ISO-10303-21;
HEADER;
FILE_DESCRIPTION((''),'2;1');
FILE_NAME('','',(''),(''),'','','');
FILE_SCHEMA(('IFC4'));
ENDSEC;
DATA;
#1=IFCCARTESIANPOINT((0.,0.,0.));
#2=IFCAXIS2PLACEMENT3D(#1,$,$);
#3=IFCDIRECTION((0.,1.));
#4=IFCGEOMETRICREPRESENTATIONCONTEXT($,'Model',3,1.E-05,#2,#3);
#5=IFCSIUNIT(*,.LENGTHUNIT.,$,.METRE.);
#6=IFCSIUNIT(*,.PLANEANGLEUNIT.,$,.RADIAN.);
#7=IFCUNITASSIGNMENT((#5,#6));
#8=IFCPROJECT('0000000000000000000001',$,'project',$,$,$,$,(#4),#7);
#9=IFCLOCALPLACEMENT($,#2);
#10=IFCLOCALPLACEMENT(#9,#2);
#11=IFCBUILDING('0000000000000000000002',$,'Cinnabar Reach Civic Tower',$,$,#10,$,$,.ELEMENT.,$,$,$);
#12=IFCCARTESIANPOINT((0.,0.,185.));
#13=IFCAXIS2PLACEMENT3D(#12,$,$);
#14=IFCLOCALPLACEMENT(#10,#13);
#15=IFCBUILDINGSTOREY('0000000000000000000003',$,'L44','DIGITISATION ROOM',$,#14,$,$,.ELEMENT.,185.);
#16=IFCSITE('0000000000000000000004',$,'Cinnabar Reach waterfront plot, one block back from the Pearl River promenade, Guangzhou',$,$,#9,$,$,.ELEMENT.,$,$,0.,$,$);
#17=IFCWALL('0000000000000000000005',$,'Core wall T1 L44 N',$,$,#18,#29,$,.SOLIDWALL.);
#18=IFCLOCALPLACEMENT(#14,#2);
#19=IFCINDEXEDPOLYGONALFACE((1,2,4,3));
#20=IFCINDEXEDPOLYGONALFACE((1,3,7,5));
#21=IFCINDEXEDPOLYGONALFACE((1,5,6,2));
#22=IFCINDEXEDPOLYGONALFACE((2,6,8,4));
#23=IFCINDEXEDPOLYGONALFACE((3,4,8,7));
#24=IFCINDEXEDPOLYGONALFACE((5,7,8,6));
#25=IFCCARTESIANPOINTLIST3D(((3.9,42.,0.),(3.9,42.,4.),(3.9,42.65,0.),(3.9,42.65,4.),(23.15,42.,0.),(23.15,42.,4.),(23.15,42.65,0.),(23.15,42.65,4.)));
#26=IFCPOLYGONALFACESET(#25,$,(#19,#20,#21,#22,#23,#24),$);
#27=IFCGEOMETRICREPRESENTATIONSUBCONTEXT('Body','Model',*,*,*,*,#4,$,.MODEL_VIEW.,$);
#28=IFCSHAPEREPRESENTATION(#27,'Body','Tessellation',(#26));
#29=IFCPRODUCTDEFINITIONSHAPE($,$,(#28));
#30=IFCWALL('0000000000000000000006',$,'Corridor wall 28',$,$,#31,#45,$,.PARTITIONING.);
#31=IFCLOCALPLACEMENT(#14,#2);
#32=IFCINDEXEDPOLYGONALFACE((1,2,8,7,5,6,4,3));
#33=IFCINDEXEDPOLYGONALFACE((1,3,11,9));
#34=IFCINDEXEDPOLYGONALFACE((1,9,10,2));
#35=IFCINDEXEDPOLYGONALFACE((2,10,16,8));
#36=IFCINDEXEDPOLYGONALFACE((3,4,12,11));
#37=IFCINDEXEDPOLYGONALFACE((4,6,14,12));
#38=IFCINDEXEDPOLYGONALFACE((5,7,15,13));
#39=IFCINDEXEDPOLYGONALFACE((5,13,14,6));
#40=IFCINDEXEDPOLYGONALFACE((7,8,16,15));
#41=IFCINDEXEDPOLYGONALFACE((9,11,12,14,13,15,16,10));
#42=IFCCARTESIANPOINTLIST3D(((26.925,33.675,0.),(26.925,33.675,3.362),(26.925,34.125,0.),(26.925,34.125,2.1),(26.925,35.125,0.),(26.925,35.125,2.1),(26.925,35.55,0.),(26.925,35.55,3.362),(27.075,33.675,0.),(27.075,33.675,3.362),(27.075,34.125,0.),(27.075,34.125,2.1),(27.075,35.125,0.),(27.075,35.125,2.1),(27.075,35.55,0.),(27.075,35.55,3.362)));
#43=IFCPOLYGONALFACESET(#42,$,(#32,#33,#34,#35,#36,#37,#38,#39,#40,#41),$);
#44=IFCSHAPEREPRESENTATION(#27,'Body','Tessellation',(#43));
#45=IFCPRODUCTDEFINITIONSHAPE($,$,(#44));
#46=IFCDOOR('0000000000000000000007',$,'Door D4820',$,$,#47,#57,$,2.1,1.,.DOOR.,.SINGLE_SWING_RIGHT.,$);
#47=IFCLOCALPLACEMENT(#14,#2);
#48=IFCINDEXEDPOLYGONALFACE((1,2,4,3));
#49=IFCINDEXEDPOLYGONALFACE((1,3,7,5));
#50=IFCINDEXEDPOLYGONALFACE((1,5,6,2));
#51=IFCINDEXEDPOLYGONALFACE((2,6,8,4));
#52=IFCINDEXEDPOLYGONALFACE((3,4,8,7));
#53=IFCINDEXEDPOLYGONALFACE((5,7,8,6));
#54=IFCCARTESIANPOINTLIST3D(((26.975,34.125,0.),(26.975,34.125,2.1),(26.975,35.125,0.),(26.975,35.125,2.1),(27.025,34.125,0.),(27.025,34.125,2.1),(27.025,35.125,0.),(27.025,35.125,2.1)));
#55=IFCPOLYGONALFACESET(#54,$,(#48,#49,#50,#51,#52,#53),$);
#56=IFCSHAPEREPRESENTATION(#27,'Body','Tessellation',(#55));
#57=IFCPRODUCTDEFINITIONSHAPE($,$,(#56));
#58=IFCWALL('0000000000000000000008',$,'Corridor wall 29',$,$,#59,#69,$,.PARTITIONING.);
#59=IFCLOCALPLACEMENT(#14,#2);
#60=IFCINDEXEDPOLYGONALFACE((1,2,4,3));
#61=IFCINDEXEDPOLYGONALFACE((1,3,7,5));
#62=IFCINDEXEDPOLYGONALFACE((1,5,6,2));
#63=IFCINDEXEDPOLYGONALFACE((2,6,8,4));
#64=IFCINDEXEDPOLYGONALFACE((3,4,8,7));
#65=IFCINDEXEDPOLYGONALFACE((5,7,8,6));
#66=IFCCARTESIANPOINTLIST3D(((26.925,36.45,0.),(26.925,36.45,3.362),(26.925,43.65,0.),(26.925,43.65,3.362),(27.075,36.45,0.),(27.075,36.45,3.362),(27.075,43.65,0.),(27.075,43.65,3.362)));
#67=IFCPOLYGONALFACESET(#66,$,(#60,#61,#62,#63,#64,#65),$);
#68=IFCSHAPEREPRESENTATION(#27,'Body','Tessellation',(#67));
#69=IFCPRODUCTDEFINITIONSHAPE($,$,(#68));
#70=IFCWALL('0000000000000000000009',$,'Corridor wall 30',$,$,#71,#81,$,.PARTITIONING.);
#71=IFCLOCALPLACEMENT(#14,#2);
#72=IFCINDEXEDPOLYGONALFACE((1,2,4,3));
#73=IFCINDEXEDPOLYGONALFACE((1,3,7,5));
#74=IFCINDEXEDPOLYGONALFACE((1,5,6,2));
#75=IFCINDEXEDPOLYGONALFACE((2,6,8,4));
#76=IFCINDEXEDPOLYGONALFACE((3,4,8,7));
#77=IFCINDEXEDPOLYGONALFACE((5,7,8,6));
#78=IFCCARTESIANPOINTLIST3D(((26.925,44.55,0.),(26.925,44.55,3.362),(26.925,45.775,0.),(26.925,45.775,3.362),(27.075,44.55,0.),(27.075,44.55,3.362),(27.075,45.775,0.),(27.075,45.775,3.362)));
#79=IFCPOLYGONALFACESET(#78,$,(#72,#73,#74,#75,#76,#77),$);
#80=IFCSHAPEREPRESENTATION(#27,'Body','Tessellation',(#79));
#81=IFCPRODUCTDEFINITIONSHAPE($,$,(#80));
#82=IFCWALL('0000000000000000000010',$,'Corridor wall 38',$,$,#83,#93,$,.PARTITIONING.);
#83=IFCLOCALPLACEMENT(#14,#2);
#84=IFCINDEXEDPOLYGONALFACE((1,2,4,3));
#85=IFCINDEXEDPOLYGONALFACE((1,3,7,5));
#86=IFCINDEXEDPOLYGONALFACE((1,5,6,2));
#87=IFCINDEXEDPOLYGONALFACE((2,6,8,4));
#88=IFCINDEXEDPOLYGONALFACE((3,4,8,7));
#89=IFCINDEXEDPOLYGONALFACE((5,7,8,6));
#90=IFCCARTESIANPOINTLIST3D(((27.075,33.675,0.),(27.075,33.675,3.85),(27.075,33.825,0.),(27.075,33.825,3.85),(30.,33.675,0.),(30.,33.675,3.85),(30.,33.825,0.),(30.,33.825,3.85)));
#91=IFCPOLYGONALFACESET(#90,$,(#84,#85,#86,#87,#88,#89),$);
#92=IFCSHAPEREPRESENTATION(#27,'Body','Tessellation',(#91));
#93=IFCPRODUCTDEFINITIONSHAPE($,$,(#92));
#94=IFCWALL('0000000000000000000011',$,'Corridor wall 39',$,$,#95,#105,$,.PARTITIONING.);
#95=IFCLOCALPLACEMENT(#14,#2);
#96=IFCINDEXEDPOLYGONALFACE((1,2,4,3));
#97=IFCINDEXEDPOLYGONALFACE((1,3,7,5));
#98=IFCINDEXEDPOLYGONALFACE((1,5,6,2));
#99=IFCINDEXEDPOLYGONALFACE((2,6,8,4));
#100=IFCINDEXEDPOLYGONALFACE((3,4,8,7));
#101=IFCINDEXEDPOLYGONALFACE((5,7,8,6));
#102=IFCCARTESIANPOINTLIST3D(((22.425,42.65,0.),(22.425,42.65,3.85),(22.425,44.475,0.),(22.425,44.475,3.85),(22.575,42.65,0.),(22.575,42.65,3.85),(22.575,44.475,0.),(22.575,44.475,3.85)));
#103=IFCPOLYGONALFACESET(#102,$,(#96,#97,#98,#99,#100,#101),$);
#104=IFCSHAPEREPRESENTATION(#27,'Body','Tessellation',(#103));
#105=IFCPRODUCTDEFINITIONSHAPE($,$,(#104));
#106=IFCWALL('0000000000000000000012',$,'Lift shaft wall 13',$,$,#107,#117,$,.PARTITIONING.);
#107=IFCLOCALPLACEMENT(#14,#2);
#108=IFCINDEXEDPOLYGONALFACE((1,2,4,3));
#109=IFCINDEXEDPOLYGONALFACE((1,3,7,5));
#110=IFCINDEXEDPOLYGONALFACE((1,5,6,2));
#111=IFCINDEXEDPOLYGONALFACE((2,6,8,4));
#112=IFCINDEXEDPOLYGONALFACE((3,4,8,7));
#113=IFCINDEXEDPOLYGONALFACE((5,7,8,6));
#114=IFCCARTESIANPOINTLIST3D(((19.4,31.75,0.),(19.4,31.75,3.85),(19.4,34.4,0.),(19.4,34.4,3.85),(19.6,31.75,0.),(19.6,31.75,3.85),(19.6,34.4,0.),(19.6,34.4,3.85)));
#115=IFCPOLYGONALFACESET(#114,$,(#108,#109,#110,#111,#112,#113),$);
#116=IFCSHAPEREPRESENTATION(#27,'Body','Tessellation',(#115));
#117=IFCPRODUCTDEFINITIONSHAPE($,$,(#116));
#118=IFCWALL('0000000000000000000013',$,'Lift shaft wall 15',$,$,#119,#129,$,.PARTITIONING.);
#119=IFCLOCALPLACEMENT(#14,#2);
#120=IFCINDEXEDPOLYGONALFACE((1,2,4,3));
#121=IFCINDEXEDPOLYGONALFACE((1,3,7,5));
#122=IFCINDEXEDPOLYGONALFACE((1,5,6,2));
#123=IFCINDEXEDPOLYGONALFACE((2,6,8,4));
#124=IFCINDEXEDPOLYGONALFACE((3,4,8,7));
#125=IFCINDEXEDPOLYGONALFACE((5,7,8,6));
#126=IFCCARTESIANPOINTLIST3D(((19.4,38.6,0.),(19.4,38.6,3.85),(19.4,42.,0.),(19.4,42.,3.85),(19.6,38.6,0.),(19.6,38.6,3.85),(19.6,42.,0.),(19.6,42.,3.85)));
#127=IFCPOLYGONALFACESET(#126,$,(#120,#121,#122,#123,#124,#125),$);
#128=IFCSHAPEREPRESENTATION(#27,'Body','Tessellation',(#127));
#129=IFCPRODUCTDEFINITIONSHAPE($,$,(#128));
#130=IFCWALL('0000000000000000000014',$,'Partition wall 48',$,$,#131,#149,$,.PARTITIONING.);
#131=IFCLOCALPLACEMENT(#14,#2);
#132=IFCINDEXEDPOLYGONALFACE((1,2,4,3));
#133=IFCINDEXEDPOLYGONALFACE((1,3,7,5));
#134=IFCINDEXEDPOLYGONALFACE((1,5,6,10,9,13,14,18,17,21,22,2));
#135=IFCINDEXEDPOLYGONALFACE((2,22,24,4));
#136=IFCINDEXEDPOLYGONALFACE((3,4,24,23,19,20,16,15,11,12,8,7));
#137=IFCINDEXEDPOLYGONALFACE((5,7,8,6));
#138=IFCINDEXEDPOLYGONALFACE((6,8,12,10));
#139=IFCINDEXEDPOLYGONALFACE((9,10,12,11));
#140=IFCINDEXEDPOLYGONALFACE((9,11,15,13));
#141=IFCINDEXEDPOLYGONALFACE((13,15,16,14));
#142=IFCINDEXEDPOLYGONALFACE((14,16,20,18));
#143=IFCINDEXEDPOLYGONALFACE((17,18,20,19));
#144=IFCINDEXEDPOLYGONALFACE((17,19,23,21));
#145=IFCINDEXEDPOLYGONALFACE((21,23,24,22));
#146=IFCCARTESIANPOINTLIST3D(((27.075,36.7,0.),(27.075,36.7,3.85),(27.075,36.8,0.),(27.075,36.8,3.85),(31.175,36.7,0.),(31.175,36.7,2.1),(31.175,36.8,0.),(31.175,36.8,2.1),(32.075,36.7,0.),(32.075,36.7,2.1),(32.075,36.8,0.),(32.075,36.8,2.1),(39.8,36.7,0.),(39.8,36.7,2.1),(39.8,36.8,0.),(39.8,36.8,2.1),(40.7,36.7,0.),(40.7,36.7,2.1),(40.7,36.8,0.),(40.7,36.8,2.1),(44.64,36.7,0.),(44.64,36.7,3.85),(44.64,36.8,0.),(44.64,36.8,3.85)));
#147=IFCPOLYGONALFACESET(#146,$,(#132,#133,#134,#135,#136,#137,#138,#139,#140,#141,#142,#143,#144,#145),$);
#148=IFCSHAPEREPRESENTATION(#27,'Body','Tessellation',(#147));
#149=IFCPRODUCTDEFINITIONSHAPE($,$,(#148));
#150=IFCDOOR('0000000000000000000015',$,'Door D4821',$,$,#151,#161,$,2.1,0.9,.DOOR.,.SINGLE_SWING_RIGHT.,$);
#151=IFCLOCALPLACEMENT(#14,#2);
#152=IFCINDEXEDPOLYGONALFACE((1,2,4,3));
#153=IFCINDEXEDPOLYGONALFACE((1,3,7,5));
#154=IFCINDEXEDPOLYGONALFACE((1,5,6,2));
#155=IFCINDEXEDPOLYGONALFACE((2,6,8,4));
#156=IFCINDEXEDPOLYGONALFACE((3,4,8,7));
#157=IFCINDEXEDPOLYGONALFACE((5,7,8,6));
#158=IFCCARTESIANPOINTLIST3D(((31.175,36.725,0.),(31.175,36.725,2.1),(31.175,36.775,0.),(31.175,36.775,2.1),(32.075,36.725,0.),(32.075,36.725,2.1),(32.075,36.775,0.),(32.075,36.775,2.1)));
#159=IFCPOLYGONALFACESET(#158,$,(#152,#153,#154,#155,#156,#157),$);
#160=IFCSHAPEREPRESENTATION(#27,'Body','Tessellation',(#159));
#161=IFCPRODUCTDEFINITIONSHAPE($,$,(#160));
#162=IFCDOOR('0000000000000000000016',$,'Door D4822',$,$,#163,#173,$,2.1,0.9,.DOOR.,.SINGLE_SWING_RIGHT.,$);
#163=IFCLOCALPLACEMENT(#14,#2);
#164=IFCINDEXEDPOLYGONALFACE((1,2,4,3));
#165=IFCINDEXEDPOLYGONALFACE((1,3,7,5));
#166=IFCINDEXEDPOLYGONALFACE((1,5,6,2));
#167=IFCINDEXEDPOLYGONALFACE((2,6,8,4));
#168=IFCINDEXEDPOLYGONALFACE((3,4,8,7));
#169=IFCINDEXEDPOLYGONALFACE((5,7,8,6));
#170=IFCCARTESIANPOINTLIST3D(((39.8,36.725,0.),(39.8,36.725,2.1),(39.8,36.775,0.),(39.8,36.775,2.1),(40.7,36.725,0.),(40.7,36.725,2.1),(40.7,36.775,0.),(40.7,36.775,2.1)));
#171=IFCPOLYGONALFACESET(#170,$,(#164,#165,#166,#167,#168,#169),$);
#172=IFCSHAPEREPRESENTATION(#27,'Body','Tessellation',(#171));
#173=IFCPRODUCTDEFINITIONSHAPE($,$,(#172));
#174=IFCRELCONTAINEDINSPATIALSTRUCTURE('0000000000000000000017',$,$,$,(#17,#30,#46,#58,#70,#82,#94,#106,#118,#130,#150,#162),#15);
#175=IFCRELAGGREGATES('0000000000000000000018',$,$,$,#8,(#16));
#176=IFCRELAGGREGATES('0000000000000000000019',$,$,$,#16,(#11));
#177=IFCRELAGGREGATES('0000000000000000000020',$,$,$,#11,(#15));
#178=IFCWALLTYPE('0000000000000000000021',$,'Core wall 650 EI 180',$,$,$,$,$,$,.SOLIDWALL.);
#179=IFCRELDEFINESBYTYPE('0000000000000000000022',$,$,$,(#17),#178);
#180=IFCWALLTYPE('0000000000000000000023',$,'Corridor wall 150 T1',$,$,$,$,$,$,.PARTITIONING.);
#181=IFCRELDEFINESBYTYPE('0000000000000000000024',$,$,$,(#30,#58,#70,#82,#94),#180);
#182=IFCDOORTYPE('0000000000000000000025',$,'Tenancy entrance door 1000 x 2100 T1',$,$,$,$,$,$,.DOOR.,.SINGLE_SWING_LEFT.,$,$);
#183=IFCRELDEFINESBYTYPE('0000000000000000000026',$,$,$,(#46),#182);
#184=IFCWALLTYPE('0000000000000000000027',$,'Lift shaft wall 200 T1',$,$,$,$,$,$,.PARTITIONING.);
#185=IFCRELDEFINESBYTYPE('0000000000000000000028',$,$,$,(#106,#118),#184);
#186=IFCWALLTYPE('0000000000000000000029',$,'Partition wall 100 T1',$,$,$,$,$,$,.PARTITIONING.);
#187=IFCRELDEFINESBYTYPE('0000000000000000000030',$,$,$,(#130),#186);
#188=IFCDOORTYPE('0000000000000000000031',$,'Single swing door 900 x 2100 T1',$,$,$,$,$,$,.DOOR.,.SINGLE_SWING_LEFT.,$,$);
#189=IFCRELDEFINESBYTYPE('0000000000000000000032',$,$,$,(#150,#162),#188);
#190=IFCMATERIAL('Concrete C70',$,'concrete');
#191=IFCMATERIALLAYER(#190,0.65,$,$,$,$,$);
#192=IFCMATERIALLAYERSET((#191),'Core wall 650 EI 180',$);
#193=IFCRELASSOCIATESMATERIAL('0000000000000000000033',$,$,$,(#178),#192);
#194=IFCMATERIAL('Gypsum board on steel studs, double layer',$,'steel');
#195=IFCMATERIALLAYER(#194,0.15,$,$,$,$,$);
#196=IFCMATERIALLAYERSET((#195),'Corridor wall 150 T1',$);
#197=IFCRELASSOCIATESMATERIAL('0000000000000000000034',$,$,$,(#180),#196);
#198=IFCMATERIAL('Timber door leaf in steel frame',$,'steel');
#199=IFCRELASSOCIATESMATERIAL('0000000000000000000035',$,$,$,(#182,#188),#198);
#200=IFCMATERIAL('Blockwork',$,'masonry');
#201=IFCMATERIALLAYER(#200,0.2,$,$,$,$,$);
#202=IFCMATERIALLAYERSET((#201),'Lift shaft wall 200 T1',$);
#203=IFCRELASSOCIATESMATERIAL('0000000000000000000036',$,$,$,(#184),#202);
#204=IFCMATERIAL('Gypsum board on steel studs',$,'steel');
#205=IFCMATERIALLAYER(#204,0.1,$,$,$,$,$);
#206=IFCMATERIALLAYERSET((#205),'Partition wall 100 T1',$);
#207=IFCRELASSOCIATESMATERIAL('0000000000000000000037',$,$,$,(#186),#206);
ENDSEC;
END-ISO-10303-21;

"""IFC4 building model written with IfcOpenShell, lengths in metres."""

from ifc_helpers import new_model, si_unit, direction, frame, frame_2d, origin, place, context, subcontext, project, spatial, rectangle, extrude, material, layer, layer_set, type_object, element, fill, save


model = new_model("IFC4")

# Units and contexts
model_context = context("Model", 3, precision=1e-05, world=origin(), true_north=direction((0.0, 1.0)))
body_context = subcontext(model_context, "Body", "Model", "MODEL_VIEW")
ifc_project = project(units=[si_unit("LENGTHUNIT", "METRE"), si_unit("PLANEANGLEUNIT", "RADIAN")], contexts=[model_context])

# Site, building, storey
site_placement = place(None, origin())
site = spatial("IfcSite", under=ifc_project, at=site_placement, Name="Cinnabar Reach waterfront plot, one block back from the Pearl River promenade, Guangzhou", CompositionType="ELEMENT", RefElevation=0.0)
building_placement = place(site_placement, origin())
building = spatial("IfcBuilding", under=site, at=building_placement, Name="Cinnabar Reach Civic Tower", CompositionType="ELEMENT")
storey_placement = place(building_placement, frame((0.0, 0.0, 185.0)))
storey = spatial("IfcBuildingStorey", under=building, at=storey_placement, Name="L44", Description="DIGITISATION ROOM", CompositionType="ELEMENT", Elevation=185.0)

# Shared definitions
ifc_material_1 = material(Name="Concrete C70", Category="concrete")

# Wall
ifc_layer_1 = layer(ifc_material_1, 0.65)
ifc_layer_set_1 = layer_set([ifc_layer_1], Name="Core wall 650 EI 180")
wall_type_1 = type_object("IfcWallType", Name="Core wall 650 EI 180", PredefinedType="SOLIDWALL", material=ifc_layer_set_1)
wall_1_placement = place(storey_placement, frame((23.15, 42.325, 0.0), z_axis=(0.0, 0.0, 1.0), x_axis=(-1.0, 0.0, 0.0)))
element("IfcWall", 1, at=wall_1_placement, inside=storey, type_object=wall_type_1, Name="Core wall T1 L44 N", PredefinedType="SOLIDWALL", context=body_context, shape_type="SweptSolid", body=[
    extrude(rectangle(XDim=19.25, YDim=0.65, at=frame_2d((9.625, 0.0))), origin(), (0.0, 0.0, 1.0), 4.0),
])

# Wall, opening, door
ifc_material_2 = material(Name="Gypsum board on steel studs, double layer", Category="steel")
ifc_layer_2 = layer(ifc_material_2, 0.15)
ifc_layer_set_2 = layer_set([ifc_layer_2], Name="Corridor wall 150 T1")
wall_type_2 = type_object("IfcWallType", Name="Corridor wall 150 T1", PredefinedType="PARTITIONING", material=ifc_layer_set_2)
wall_2_placement = place(storey_placement, frame((27.0, 33.675, 0.0), z_axis=(0.0, 0.0, 1.0), x_axis=(0.0, 1.0, 0.0)))
wall_2 = element("IfcWall", 2, at=wall_2_placement, inside=storey, type_object=wall_type_2, Name="Corridor wall 28", PredefinedType="PARTITIONING", context=body_context, shape_type="SweptSolid", body=[
    extrude(rectangle(XDim=1.875, YDim=0.15, at=frame_2d((0.9375, 0.0))), origin(), (0.0, 0.0, 1.0), 3.362),
])
opening_1_placement = place(wall_2_placement, frame((0.45, 0.0, 0.0)))
opening_1 = element("IfcOpeningElement", 3, at=opening_1_placement, cuts=wall_2, PredefinedType="OPENING", context=body_context, shape_type="SweptSolid", body=[
    extrude(rectangle(XDim=1.0, YDim=2.1, at=frame_2d((0.5, 1.05))), frame((0.0, 0.085, 0.0), z_axis=(0.0, -1.0, 0.0), x_axis=(1.0, 0.0, 0.0)), (0.0, 0.0, 1.0), 0.17),
])
ifc_material_3 = material(Name="Timber door leaf in steel frame", Category="steel")
door_type_1 = type_object("IfcDoorType", Name="Tenancy entrance door 1000 x 2100 T1", OperationType="SINGLE_SWING_LEFT", PredefinedType="DOOR", material=ifc_material_3)
door_1_placement = place(opening_1_placement, frame((1.0, 0.0, 0.0), z_axis=(0.0, 0.0, 1.0), x_axis=(-1.0, 0.0, 0.0)))
door_1 = element("IfcDoor", 4, at=door_1_placement, inside=storey, type_object=door_type_1, Name="Door D4820", OperationType="SINGLE_SWING_RIGHT", OverallHeight=2.1, OverallWidth=1.0, PredefinedType="DOOR", context=body_context, shape_type="SweptSolid", body=[
    extrude(rectangle(XDim=1.0, YDim=2.1, at=frame_2d((0.5, 1.05))), frame((0.0, 0.025, 0.0), z_axis=(0.0, -1.0, 0.0), x_axis=(1.0, 0.0, 0.0)), (0.0, 0.0, 1.0), 0.05),
])
fill(opening_1, door_1)

# Walls
wall_3_placement = place(storey_placement, frame((27.0, 36.45, 0.0), z_axis=(0.0, 0.0, 1.0), x_axis=(0.0, 1.0, 0.0)))
element("IfcWall", 5, at=wall_3_placement, inside=storey, type_object=wall_type_2, Name="Corridor wall 29", PredefinedType="PARTITIONING", context=body_context, shape_type="SweptSolid", body=[
    extrude(rectangle(XDim=7.2, YDim=0.15, at=frame_2d((3.6, 0.0))), origin(), (0.0, 0.0, 1.0), 3.362),
])
wall_4_placement = place(storey_placement, frame((27.0, 44.55, 0.0), z_axis=(0.0, 0.0, 1.0), x_axis=(0.0, 1.0, 0.0)))
element("IfcWall", 6, at=wall_4_placement, inside=storey, type_object=wall_type_2, Name="Corridor wall 30", PredefinedType="PARTITIONING", context=body_context, shape_type="SweptSolid", body=[
    extrude(rectangle(XDim=1.225, YDim=0.15, at=frame_2d((0.6125, 0.0))), origin(), (0.0, 0.0, 1.0), 3.362),
])
wall_5_placement = place(storey_placement, frame((27.075, 33.75, 0.0), z_axis=(0.0, 0.0, 1.0), x_axis=(1.0, 0.0, 0.0)))
element("IfcWall", 7, at=wall_5_placement, inside=storey, type_object=wall_type_2, Name="Corridor wall 38", PredefinedType="PARTITIONING", context=body_context, shape_type="SweptSolid", body=[
    extrude(rectangle(XDim=2.925, YDim=0.15, at=frame_2d((1.4625, 0.0))), origin(), (0.0, 0.0, 1.0), 3.85),
])
wall_6_placement = place(storey_placement, frame((22.5, 42.65, 0.0), z_axis=(0.0, 0.0, 1.0), x_axis=(0.0, 1.0, 0.0)))
element("IfcWall", 8, at=wall_6_placement, inside=storey, type_object=wall_type_2, Name="Corridor wall 39", PredefinedType="PARTITIONING", context=body_context, shape_type="SweptSolid", body=[
    extrude(rectangle(XDim=1.825, YDim=0.15, at=frame_2d((0.9125, 0.0))), origin(), (0.0, 0.0, 1.0), 3.85),
])
ifc_material_4 = material(Name="Blockwork", Category="masonry")
ifc_layer_3 = layer(ifc_material_4, 0.2)
ifc_layer_set_3 = layer_set([ifc_layer_3], Name="Lift shaft wall 200 T1")
wall_type_3 = type_object("IfcWallType", Name="Lift shaft wall 200 T1", PredefinedType="PARTITIONING", material=ifc_layer_set_3)
wall_7_placement = place(storey_placement, frame((19.5, 31.75, 0.0), z_axis=(0.0, 0.0, 1.0), x_axis=(0.0, 1.0, 0.0)))
element("IfcWall", 9, at=wall_7_placement, inside=storey, type_object=wall_type_3, Name="Lift shaft wall 13", PredefinedType="PARTITIONING", context=body_context, shape_type="SweptSolid", body=[
    extrude(rectangle(XDim=2.65, YDim=0.2, at=frame_2d((1.325, 0.0))), origin(), (0.0, 0.0, 1.0), 3.85),
])
wall_8_placement = place(storey_placement, frame((19.5, 38.6, 0.0), z_axis=(0.0, 0.0, 1.0), x_axis=(0.0, 1.0, 0.0)))
element("IfcWall", 10, at=wall_8_placement, inside=storey, type_object=wall_type_3, Name="Lift shaft wall 15", PredefinedType="PARTITIONING", context=body_context, shape_type="SweptSolid", body=[
    extrude(rectangle(XDim=3.4, YDim=0.2, at=frame_2d((1.7, 0.0))), origin(), (0.0, 0.0, 1.0), 3.85),
])

# Wall, openings, doors
ifc_material_5 = material(Name="Gypsum board on steel studs", Category="steel")
ifc_layer_4 = layer(ifc_material_5, 0.1)
ifc_layer_set_4 = layer_set([ifc_layer_4], Name="Partition wall 100 T1")
wall_type_4 = type_object("IfcWallType", Name="Partition wall 100 T1", PredefinedType="PARTITIONING", material=ifc_layer_set_4)
wall_9_placement = place(storey_placement, frame((27.075, 36.75, 0.0), z_axis=(0.0, 0.0, 1.0), x_axis=(1.0, 0.0, 0.0)))
wall_9 = element("IfcWall", 11, at=wall_9_placement, inside=storey, type_object=wall_type_4, Name="Partition wall 48", PredefinedType="PARTITIONING", context=body_context, shape_type="SweptSolid", body=[
    extrude(rectangle(XDim=17.565, YDim=0.1, at=frame_2d((8.7825, 0.0))), origin(), (0.0, 0.0, 1.0), 3.85),
])
opening_2_placement = place(wall_9_placement, frame((4.1, 0.0, 0.0)))
opening_2 = element("IfcOpeningElement", 12, at=opening_2_placement, cuts=wall_9, PredefinedType="OPENING", context=body_context, shape_type="SweptSolid", body=[
    extrude(rectangle(XDim=0.9, YDim=2.1, at=frame_2d((0.45, 1.05))), frame((0.0, 0.06, 0.0), z_axis=(0.0, -1.0, 0.0), x_axis=(1.0, 0.0, 0.0)), (0.0, 0.0, 1.0), 0.12),
])
opening_3_placement = place(wall_9_placement, frame((12.725, 0.0, 0.0)))
opening_3 = element("IfcOpeningElement", 13, at=opening_3_placement, cuts=wall_9, PredefinedType="OPENING", context=body_context, shape_type="SweptSolid", body=[
    extrude(rectangle(XDim=0.9, YDim=2.1, at=frame_2d((0.45, 1.05))), frame((0.0, 0.06, 0.0), z_axis=(0.0, -1.0, 0.0), x_axis=(1.0, 0.0, 0.0)), (0.0, 0.0, 1.0), 0.12),
])
door_type_2 = type_object("IfcDoorType", Name="Single swing door 900 x 2100 T1", OperationType="SINGLE_SWING_LEFT", PredefinedType="DOOR", material=ifc_material_3)
door_2_placement = place(opening_2_placement, frame((0.9, 0.0, 0.0), z_axis=(0.0, 0.0, 1.0), x_axis=(-1.0, 0.0, 0.0)))
door_2 = element("IfcDoor", 14, at=door_2_placement, inside=storey, type_object=door_type_2, Name="Door D4821", OperationType="SINGLE_SWING_RIGHT", OverallHeight=2.1, OverallWidth=0.9, PredefinedType="DOOR", context=body_context, shape_type="SweptSolid", body=[
    extrude(rectangle(XDim=0.9, YDim=2.1, at=frame_2d((0.45, 1.05))), frame((0.0, 0.025, 0.0), z_axis=(0.0, -1.0, 0.0), x_axis=(1.0, 0.0, 0.0)), (0.0, 0.0, 1.0), 0.05),
])
fill(opening_2, door_2)
door_3_placement = place(opening_3_placement, frame((0.9, 0.0, 0.0), z_axis=(0.0, 0.0, 1.0), x_axis=(-1.0, 0.0, 0.0)))
door_3 = element("IfcDoor", 15, at=door_3_placement, inside=storey, type_object=door_type_2, Name="Door D4822", OperationType="SINGLE_SWING_RIGHT", OverallHeight=2.1, OverallWidth=0.9, PredefinedType="DOOR", context=body_context, shape_type="SweptSolid", body=[
    extrude(rectangle(XDim=0.9, YDim=2.1, at=frame_2d((0.45, 1.05))), frame((0.0, 0.025, 0.0), z_axis=(0.0, -1.0, 0.0), x_axis=(1.0, 0.0, 0.0)), (0.0, 0.0, 1.0), 0.05),
])
fill(opening_3, door_3)

save(model, "model.ifc")
